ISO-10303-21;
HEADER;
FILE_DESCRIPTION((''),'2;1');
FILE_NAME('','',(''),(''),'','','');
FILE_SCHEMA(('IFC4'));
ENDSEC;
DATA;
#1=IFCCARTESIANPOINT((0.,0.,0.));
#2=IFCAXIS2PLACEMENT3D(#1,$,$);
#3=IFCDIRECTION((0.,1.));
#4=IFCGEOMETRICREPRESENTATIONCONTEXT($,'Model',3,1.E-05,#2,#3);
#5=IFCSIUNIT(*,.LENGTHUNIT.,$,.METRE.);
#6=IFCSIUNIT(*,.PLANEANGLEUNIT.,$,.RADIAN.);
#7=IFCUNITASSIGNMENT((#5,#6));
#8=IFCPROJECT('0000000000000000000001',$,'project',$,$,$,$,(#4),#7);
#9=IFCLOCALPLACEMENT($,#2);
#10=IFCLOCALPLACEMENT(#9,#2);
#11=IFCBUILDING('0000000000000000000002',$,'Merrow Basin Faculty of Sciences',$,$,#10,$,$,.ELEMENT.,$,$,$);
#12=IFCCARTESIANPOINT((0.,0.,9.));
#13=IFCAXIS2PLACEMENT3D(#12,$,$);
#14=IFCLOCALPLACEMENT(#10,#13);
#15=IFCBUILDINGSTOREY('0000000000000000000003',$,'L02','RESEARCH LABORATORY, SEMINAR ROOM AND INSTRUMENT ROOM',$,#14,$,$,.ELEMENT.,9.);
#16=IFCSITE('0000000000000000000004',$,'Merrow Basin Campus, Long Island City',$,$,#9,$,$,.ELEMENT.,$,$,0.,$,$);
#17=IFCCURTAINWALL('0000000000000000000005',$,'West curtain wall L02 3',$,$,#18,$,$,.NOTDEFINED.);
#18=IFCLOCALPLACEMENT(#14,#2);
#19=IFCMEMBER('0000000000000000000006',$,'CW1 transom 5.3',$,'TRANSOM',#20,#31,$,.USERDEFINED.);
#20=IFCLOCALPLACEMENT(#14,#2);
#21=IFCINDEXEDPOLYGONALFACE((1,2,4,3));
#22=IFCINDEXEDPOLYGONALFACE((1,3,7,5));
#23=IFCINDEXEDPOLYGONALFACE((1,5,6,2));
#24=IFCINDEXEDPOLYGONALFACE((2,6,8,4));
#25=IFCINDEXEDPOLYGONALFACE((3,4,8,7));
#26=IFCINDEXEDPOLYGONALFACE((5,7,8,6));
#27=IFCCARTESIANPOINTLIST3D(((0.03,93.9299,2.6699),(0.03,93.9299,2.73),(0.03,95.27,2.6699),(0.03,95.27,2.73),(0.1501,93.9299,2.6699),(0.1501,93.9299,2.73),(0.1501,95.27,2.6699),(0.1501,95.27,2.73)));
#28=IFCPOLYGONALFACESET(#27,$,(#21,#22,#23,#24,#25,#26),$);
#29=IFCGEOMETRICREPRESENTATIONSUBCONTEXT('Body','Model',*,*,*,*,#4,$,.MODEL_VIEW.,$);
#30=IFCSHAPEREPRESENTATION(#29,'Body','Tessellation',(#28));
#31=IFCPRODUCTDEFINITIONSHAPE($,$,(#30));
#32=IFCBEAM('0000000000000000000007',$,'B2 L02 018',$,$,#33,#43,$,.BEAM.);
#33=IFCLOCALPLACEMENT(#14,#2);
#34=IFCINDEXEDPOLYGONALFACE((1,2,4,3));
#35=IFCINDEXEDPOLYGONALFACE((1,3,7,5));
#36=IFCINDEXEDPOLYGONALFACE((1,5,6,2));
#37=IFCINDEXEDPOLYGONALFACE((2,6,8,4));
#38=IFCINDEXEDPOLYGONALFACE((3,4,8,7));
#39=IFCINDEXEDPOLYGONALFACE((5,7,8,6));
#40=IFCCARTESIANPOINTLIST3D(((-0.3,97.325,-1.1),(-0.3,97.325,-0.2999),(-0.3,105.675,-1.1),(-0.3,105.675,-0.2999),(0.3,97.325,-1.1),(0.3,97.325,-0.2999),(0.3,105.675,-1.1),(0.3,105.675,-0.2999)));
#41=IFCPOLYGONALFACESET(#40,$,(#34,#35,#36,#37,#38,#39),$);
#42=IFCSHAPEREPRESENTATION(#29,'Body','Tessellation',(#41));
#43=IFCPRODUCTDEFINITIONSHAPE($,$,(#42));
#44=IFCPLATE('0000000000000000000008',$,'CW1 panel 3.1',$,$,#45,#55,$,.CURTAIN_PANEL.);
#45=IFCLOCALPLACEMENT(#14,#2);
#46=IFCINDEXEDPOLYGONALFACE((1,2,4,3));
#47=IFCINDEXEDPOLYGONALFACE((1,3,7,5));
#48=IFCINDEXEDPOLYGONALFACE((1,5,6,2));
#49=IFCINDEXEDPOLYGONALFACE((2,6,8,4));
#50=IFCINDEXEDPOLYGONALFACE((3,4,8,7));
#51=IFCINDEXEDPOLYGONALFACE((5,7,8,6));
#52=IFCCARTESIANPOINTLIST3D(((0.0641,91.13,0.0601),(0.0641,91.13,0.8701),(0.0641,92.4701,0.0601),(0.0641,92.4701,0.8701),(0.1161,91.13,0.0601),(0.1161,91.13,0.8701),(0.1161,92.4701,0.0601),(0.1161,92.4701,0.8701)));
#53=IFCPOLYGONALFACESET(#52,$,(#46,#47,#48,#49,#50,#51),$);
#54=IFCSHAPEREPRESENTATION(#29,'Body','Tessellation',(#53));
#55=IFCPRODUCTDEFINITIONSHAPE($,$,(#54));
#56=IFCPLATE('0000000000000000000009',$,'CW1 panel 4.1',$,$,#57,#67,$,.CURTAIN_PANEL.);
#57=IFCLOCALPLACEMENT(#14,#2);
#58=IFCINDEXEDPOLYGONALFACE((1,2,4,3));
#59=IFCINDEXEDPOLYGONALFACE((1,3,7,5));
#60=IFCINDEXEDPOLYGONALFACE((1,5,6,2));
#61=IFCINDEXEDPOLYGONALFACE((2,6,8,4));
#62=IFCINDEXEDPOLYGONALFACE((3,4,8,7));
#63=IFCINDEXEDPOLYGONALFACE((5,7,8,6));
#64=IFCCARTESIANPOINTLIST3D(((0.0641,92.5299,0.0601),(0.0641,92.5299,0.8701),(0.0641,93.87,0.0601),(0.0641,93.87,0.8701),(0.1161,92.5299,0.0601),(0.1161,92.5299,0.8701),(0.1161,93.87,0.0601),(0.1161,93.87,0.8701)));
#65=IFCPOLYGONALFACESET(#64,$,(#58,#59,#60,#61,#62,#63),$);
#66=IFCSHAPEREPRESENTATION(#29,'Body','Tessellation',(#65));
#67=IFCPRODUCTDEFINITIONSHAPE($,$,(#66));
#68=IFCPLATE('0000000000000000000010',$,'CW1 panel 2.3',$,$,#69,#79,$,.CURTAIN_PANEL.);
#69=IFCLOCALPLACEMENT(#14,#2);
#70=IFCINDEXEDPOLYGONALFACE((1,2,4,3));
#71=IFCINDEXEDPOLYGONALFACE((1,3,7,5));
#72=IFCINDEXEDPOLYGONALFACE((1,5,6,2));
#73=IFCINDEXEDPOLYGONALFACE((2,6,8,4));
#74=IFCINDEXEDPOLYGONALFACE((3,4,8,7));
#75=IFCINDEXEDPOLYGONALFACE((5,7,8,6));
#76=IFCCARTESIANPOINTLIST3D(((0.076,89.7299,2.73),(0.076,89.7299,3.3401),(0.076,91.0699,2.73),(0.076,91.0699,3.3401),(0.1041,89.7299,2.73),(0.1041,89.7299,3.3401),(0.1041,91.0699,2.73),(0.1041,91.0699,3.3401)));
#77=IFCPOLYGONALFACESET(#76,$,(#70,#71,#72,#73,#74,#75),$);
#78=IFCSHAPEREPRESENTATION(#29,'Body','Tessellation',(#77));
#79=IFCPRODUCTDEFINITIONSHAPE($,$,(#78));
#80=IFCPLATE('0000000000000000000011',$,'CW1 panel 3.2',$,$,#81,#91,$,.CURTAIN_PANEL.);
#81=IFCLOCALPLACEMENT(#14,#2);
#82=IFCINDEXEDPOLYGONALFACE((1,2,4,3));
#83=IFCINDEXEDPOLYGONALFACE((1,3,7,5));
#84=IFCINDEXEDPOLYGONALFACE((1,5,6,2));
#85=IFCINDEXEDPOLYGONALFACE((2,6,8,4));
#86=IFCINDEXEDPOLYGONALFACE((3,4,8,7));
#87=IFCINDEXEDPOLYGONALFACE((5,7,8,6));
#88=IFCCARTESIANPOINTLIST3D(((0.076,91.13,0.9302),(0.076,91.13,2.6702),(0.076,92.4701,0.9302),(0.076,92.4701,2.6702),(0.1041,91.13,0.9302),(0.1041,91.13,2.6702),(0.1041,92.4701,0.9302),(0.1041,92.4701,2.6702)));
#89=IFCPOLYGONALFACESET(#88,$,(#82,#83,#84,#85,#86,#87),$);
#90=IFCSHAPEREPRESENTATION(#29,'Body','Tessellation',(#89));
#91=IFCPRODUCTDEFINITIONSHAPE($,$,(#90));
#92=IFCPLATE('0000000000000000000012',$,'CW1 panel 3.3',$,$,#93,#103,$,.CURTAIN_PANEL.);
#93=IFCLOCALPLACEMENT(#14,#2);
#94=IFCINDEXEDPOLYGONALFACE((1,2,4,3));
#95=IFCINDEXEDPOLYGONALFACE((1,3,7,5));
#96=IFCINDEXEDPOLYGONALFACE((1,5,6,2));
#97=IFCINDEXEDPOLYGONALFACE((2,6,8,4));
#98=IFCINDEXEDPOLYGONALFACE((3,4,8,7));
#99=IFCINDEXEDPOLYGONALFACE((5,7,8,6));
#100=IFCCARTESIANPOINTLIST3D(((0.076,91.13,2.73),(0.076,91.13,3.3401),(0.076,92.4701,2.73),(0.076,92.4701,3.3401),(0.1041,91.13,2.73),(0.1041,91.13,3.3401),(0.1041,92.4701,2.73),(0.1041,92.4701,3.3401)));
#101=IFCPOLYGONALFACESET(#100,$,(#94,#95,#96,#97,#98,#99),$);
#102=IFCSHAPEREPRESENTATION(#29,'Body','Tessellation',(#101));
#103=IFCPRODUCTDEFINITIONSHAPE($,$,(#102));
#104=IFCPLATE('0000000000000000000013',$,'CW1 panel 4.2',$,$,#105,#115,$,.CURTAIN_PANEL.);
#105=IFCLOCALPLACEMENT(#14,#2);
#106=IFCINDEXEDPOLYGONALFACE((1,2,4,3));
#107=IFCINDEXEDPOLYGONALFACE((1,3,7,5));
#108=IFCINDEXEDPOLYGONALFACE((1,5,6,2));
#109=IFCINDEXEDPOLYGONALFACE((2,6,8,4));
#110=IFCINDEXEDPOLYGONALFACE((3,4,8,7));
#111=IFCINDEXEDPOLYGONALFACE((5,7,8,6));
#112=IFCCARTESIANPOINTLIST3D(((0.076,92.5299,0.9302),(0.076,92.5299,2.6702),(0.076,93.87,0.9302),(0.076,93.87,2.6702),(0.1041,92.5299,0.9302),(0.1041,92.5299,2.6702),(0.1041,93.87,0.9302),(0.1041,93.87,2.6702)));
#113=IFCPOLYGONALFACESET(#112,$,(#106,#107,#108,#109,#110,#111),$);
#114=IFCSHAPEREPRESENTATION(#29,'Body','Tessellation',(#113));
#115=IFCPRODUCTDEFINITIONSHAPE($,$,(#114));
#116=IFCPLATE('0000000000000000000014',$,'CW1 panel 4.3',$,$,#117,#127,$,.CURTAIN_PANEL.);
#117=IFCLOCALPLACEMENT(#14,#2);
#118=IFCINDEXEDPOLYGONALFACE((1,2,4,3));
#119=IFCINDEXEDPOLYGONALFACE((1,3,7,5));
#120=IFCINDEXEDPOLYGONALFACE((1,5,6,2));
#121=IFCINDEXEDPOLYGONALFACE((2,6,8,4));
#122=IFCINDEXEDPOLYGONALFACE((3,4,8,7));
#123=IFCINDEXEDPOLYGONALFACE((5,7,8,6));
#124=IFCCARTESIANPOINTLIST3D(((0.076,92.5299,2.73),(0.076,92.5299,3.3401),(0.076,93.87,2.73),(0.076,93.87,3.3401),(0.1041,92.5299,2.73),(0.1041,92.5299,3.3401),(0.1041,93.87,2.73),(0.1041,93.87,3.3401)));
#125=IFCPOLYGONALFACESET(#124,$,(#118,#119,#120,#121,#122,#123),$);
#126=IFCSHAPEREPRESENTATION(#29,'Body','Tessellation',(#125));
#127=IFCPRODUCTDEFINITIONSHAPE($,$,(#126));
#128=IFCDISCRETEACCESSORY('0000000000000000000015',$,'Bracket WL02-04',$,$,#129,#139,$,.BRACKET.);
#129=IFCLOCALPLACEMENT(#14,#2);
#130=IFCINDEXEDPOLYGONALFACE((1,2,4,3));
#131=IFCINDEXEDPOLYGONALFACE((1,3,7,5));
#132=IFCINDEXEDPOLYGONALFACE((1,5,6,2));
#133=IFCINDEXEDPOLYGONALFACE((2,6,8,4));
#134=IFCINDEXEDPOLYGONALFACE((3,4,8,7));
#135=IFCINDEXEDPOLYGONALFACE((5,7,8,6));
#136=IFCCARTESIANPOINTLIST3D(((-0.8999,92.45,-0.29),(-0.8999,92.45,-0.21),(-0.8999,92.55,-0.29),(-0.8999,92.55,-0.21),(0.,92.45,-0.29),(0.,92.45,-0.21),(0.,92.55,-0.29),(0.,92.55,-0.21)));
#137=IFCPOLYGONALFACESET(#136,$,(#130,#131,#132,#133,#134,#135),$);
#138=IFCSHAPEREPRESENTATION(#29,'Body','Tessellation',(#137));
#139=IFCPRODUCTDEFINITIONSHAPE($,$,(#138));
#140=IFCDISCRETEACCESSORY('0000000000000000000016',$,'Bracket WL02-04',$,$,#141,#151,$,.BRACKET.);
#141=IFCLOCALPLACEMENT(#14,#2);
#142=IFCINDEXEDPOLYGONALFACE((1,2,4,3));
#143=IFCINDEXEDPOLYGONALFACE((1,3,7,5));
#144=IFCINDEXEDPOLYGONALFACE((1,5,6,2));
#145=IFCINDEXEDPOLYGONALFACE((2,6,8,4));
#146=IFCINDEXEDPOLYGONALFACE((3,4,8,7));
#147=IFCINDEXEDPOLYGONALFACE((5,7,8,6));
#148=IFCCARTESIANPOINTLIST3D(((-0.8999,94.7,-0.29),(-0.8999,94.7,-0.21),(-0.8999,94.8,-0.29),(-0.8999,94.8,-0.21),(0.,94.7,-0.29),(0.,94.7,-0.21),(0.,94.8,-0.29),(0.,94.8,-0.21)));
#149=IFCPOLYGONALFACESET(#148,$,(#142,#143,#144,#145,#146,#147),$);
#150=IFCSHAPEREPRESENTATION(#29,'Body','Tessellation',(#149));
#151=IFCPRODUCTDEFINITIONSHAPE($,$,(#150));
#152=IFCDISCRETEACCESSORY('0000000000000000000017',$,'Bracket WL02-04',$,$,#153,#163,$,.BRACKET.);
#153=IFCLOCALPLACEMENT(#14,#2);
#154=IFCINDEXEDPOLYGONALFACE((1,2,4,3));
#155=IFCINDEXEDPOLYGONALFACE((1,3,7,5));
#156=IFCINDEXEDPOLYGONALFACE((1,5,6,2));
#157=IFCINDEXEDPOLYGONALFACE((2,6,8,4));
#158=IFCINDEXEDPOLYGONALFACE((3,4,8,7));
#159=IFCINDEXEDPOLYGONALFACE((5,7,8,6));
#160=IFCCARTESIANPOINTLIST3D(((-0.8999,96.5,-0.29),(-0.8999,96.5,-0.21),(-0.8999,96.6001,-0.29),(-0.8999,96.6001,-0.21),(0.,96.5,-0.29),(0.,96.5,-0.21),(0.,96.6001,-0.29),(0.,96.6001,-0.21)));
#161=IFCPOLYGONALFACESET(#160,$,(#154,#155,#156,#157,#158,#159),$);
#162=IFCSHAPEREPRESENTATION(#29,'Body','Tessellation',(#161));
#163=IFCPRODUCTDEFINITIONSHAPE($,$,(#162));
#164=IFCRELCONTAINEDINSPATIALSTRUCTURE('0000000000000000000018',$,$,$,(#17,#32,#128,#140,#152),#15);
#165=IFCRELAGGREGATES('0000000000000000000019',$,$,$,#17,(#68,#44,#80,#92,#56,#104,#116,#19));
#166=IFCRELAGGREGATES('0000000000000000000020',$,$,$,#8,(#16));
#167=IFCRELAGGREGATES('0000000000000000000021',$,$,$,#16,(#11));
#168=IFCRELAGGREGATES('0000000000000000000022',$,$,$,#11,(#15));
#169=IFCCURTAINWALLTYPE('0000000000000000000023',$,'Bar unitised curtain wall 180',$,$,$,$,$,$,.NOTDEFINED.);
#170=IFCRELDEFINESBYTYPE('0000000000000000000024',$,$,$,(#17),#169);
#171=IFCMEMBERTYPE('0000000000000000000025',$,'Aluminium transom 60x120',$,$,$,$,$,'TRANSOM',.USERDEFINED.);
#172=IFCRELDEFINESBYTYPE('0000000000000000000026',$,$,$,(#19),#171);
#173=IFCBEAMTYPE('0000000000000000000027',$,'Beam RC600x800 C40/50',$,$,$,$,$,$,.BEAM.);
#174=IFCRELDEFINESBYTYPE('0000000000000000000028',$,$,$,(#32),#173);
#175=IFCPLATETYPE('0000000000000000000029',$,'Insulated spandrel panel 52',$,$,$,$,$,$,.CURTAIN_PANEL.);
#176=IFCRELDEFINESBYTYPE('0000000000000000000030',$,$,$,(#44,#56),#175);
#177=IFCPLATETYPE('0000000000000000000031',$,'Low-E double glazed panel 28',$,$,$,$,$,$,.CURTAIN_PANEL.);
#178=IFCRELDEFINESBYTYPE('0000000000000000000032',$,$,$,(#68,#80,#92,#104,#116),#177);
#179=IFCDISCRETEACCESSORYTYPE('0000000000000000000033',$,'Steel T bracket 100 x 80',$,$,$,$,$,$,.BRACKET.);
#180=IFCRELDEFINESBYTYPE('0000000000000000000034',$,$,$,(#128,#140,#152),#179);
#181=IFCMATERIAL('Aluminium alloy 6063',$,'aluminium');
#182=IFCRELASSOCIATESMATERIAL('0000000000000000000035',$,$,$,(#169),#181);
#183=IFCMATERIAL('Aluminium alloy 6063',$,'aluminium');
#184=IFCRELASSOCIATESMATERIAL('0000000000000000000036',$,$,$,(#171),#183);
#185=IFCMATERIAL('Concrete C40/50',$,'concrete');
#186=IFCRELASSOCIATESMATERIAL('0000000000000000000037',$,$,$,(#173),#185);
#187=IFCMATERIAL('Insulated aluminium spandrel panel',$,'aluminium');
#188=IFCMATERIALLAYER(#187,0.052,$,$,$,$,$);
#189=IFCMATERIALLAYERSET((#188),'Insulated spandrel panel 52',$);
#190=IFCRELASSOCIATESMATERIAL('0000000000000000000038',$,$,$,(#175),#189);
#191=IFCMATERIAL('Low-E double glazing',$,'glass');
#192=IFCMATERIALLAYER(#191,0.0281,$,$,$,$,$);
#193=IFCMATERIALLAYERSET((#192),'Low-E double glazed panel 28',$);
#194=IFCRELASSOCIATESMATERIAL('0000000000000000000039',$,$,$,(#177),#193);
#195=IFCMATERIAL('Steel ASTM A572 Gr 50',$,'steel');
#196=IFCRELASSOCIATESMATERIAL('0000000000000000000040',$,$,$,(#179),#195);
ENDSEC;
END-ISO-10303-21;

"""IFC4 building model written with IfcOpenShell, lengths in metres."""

from ifc_helpers import new_model, si_unit, direction, frame, origin, origin_2d, place, context, subcontext, project, spatial, polyline, rectangle, outline, extrude, source, transform, mapped, material, layer, layer_set, material_profile, profile_set, type_object, element, aggregate, save


model = new_model("IFC4")

# Units and contexts
model_context = context("Model", 3, precision=1e-05, world=origin(), true_north=direction((0.0, 1.0)))
body_context = subcontext(model_context, "Body", "Model", "MODEL_VIEW")
ifc_project = project(units=[si_unit("LENGTHUNIT", "METRE"), si_unit("PLANEANGLEUNIT", "RADIAN")], contexts=[model_context])

# Site, building, storey
site_placement = place(None, origin())
site = spatial("IfcSite", under=ifc_project, at=site_placement, Name="Merrow Basin Campus, Long Island City", CompositionType="ELEMENT", RefElevation=0.0)
building_placement = place(site_placement, origin())
building = spatial("IfcBuilding", under=site, at=building_placement, Name="Merrow Basin Faculty of Sciences", CompositionType="ELEMENT")
storey_placement = place(building_placement, frame((0.0, 0.0, 9.0)))
storey = spatial("IfcBuildingStorey", under=building, at=storey_placement, Name="L02", Description="RESEARCH LABORATORY, SEMINAR ROOM AND INSTRUMENT ROOM", CompositionType="ELEMENT", Elevation=9.0)

# Curtain wall, member
ifc_material_1 = material(Name="Aluminium alloy 6063", Category="aluminium")
curtain_wall_type = type_object("IfcCurtainWallType", Name="Bar unitised curtain wall 180", PredefinedType="NOTDEFINED", material=ifc_material_1)
curtain_wall_placement = place(storey_placement, origin())
curtain_wall = element("IfcCurtainWall", 1, at=curtain_wall_placement, inside=storey, type_object=curtain_wall_type, Name="West curtain wall L02 3", PredefinedType="NOTDEFINED")
ifc_material_2 = material(Name="Aluminium alloy 6063", Category="aluminium")
ifc_material_profile_1 = material_profile(ifc_material_2, rectangle(XDim=0.1201, YDim=0.0601, at=origin_2d()))
ifc_profile_set_1 = profile_set([ifc_material_profile_1], Name="Aluminium alloy 6063")
member_type_1 = type_object("IfcMemberType", Name="Aluminium transom 60x120", ElementType="TRANSOM", PredefinedType="USERDEFINED", material=ifc_profile_set_1)
member_1_placement = place(storey_placement, frame((0.0901, 93.9299, 2.7), z_axis=(0.0, 1.0, 0.0), x_axis=(-1.0, 0.0, 0.0)))
member_1 = element("IfcMember", 2, at=member_1_placement, type_object=member_type_1, Name="CW1 transom 5.3", ObjectType="TRANSOM", PredefinedType="USERDEFINED", context=body_context, shape_type="SweptSolid", body=[
    extrude(rectangle(XDim=0.1201, YDim=0.0601, at=origin_2d()), origin(), (0.0, 0.0, 1.0), 1.3401),
])

# Beam
ifc_material_3 = material(Name="Concrete C40/50", Category="concrete")
ifc_material_profile_2 = material_profile(ifc_material_3, rectangle(XDim=0.6001, YDim=0.8, at=origin_2d()))
ifc_profile_set_2 = profile_set([ifc_material_profile_2], Name="Concrete C40/50")
beam_type = type_object("IfcBeamType", Name="Beam RC600x800 C40/50", PredefinedType="BEAM", material=ifc_profile_set_2)
beam_placement = place(storey_placement, frame((0.0, 97.325, -0.7), z_axis=(0.0, 1.0, 0.0), x_axis=(-1.0, 0.0, 0.0)))
element("IfcBeam", 3, at=beam_placement, inside=storey, type_object=beam_type, Name="B2 L02 018", PredefinedType="BEAM", context=body_context, shape_type="SweptSolid", body=[
    extrude(rectangle(XDim=0.6001, YDim=0.8, at=origin_2d()), origin(), (0.0, 0.0, 1.0), 8.3501),
])

# Plates
ifc_material_4 = material(Name="Insulated aluminium spandrel panel", Category="aluminium")
ifc_layer_1 = layer(ifc_material_4, 0.052)
ifc_layer_set_1 = layer_set([ifc_layer_1], Name="Insulated spandrel panel 52")
plate_type_1 = type_object("IfcPlateType", Name="Insulated spandrel panel 52", PredefinedType="CURTAIN_PANEL", material=ifc_layer_set_1)
plate_1_placement = place(storey_placement, frame((0.0901, 91.8, 0.0601), z_axis=(0.0, 0.0, 1.0), x_axis=(0.0, 1.0, 0.0)))
plate_1 = element("IfcPlate", 4, at=plate_1_placement, type_object=plate_type_1, Name="CW1 panel 3.1", PredefinedType="CURTAIN_PANEL", context=body_context, shape_type="SweptSolid", body=[
    extrude(rectangle(XDim=1.3401, YDim=0.052, at=origin_2d()), origin(), (0.0, 0.0, 1.0), 0.8101),
])
plate_2_placement = place(storey_placement, frame((0.0901, 93.2, 0.0601), z_axis=(0.0, 0.0, 1.0), x_axis=(0.0, 1.0, 0.0)))
plate_2 = element("IfcPlate", 5, at=plate_2_placement, type_object=plate_type_1, Name="CW1 panel 4.1", PredefinedType="CURTAIN_PANEL", context=body_context, shape_type="SweptSolid", body=[
    extrude(rectangle(XDim=1.3401, YDim=0.052, at=origin_2d()), origin(), (0.0, 0.0, 1.0), 0.8101),
])
ifc_material_5 = material(Name="Low-E double glazing", Category="glass")
ifc_layer_2 = layer(ifc_material_5, 0.0281)
ifc_layer_set_2 = layer_set([ifc_layer_2], Name="Low-E double glazed panel 28")
plate_type_2 = type_object("IfcPlateType", Name="Low-E double glazed panel 28", PredefinedType="CURTAIN_PANEL", material=ifc_layer_set_2)
plate_3_placement = place(storey_placement, frame((0.0901, 90.3999, 2.73), z_axis=(0.0, 0.0, 1.0), x_axis=(0.0, 1.0, 0.0)))
plate_3 = element("IfcPlate", 6, at=plate_3_placement, type_object=plate_type_2, Name="CW1 panel 2.3", PredefinedType="CURTAIN_PANEL", context=body_context, shape_type="SweptSolid", body=[
    extrude(rectangle(XDim=1.3401, YDim=0.0281, at=origin_2d()), origin(), (0.0, 0.0, 1.0), 0.6101),
])
plate_4_placement = place(storey_placement, frame((0.0901, 91.8, 0.9302), z_axis=(0.0, 0.0, 1.0), x_axis=(0.0, 1.0, 0.0)))
plate_4 = element("IfcPlate", 7, at=plate_4_placement, type_object=plate_type_2, Name="CW1 panel 3.2", PredefinedType="CURTAIN_PANEL", context=body_context, shape_type="SweptSolid", body=[
    extrude(rectangle(XDim=1.3401, YDim=0.0281, at=origin_2d()), origin(), (0.0, 0.0, 1.0), 1.74),
])
plate_5_placement = place(storey_placement, frame((0.0901, 91.8, 2.73), z_axis=(0.0, 0.0, 1.0), x_axis=(0.0, 1.0, 0.0)))
plate_5 = element("IfcPlate", 8, at=plate_5_placement, type_object=plate_type_2, Name="CW1 panel 3.3", PredefinedType="CURTAIN_PANEL", context=body_context, shape_type="SweptSolid", body=[
    extrude(rectangle(XDim=1.3401, YDim=0.0281, at=origin_2d()), origin(), (0.0, 0.0, 1.0), 0.6101),
])
plate_6_placement = place(storey_placement, frame((0.0901, 93.2, 0.9302), z_axis=(0.0, 0.0, 1.0), x_axis=(0.0, 1.0, 0.0)))
plate_6 = element("IfcPlate", 9, at=plate_6_placement, type_object=plate_type_2, Name="CW1 panel 4.2", PredefinedType="CURTAIN_PANEL", context=body_context, shape_type="SweptSolid", body=[
    extrude(rectangle(XDim=1.3401, YDim=0.0281, at=origin_2d()), origin(), (0.0, 0.0, 1.0), 1.74),
])
plate_7_placement = place(storey_placement, frame((0.0901, 93.2, 2.73), z_axis=(0.0, 0.0, 1.0), x_axis=(0.0, 1.0, 0.0)))
plate_7 = element("IfcPlate", 10, at=plate_7_placement, type_object=plate_type_2, Name="CW1 panel 4.3", PredefinedType="CURTAIN_PANEL", context=body_context, shape_type="SweptSolid", body=[
    extrude(rectangle(XDim=1.3401, YDim=0.0281, at=origin_2d()), origin(), (0.0, 0.0, 1.0), 0.6101),
])
aggregate(curtain_wall, [plate_3, plate_1, plate_4, plate_5, plate_2, plate_6, plate_7, member_1])

# Discrete accessories
ifc_material_6 = material(Name="Steel ASTM A572 Gr 50", Category="steel")
discrete_accessory_type = type_object("IfcDiscreteAccessoryType", Name="Steel T bracket 100 x 80", PredefinedType="BRACKET", material=ifc_material_6)
shared_shape_1 = source(origin(), body_context, "Body", "SweptSolid", [
    extrude(outline(polyline([(0.0, 0.0), (0.1001, 0.0), (0.1001, 0.0801), (0.0, 0.0801), (0.0, 0.0)])), origin(), (0.0, 0.0, 1.0), 0.8999),
])
for number, where, z_axis, x_axis, name in (
    (11, (-0.8999, 92.45, -0.29), (1.0, 0.0, 0.0), (0.0, 1.0, 0.0), "Bracket WL02-04"),
    (12, (-0.8999, 94.7, -0.29), (1.0, 0.0, 0.0), (0.0, 1.0, 0.0), "Bracket WL02-04"),
    (13, (-0.8999, 96.5, -0.29), (1.0, 0.0, 0.0), (0.0, 1.0, 0.0), "Bracket WL02-04"),
):
    element("IfcDiscreteAccessory", number, at=place(storey_placement, frame(where, z_axis=z_axis, x_axis=x_axis)), inside=storey, type_object=discrete_accessory_type, Name=name, PredefinedType="BRACKET", context=body_context, shape_type="MappedRepresentation", body=[
        mapped(shared_shape_1, transform((0.0, 0.0, 0.0), scale=1.0)),
    ])

save(model, "model.ifc")
